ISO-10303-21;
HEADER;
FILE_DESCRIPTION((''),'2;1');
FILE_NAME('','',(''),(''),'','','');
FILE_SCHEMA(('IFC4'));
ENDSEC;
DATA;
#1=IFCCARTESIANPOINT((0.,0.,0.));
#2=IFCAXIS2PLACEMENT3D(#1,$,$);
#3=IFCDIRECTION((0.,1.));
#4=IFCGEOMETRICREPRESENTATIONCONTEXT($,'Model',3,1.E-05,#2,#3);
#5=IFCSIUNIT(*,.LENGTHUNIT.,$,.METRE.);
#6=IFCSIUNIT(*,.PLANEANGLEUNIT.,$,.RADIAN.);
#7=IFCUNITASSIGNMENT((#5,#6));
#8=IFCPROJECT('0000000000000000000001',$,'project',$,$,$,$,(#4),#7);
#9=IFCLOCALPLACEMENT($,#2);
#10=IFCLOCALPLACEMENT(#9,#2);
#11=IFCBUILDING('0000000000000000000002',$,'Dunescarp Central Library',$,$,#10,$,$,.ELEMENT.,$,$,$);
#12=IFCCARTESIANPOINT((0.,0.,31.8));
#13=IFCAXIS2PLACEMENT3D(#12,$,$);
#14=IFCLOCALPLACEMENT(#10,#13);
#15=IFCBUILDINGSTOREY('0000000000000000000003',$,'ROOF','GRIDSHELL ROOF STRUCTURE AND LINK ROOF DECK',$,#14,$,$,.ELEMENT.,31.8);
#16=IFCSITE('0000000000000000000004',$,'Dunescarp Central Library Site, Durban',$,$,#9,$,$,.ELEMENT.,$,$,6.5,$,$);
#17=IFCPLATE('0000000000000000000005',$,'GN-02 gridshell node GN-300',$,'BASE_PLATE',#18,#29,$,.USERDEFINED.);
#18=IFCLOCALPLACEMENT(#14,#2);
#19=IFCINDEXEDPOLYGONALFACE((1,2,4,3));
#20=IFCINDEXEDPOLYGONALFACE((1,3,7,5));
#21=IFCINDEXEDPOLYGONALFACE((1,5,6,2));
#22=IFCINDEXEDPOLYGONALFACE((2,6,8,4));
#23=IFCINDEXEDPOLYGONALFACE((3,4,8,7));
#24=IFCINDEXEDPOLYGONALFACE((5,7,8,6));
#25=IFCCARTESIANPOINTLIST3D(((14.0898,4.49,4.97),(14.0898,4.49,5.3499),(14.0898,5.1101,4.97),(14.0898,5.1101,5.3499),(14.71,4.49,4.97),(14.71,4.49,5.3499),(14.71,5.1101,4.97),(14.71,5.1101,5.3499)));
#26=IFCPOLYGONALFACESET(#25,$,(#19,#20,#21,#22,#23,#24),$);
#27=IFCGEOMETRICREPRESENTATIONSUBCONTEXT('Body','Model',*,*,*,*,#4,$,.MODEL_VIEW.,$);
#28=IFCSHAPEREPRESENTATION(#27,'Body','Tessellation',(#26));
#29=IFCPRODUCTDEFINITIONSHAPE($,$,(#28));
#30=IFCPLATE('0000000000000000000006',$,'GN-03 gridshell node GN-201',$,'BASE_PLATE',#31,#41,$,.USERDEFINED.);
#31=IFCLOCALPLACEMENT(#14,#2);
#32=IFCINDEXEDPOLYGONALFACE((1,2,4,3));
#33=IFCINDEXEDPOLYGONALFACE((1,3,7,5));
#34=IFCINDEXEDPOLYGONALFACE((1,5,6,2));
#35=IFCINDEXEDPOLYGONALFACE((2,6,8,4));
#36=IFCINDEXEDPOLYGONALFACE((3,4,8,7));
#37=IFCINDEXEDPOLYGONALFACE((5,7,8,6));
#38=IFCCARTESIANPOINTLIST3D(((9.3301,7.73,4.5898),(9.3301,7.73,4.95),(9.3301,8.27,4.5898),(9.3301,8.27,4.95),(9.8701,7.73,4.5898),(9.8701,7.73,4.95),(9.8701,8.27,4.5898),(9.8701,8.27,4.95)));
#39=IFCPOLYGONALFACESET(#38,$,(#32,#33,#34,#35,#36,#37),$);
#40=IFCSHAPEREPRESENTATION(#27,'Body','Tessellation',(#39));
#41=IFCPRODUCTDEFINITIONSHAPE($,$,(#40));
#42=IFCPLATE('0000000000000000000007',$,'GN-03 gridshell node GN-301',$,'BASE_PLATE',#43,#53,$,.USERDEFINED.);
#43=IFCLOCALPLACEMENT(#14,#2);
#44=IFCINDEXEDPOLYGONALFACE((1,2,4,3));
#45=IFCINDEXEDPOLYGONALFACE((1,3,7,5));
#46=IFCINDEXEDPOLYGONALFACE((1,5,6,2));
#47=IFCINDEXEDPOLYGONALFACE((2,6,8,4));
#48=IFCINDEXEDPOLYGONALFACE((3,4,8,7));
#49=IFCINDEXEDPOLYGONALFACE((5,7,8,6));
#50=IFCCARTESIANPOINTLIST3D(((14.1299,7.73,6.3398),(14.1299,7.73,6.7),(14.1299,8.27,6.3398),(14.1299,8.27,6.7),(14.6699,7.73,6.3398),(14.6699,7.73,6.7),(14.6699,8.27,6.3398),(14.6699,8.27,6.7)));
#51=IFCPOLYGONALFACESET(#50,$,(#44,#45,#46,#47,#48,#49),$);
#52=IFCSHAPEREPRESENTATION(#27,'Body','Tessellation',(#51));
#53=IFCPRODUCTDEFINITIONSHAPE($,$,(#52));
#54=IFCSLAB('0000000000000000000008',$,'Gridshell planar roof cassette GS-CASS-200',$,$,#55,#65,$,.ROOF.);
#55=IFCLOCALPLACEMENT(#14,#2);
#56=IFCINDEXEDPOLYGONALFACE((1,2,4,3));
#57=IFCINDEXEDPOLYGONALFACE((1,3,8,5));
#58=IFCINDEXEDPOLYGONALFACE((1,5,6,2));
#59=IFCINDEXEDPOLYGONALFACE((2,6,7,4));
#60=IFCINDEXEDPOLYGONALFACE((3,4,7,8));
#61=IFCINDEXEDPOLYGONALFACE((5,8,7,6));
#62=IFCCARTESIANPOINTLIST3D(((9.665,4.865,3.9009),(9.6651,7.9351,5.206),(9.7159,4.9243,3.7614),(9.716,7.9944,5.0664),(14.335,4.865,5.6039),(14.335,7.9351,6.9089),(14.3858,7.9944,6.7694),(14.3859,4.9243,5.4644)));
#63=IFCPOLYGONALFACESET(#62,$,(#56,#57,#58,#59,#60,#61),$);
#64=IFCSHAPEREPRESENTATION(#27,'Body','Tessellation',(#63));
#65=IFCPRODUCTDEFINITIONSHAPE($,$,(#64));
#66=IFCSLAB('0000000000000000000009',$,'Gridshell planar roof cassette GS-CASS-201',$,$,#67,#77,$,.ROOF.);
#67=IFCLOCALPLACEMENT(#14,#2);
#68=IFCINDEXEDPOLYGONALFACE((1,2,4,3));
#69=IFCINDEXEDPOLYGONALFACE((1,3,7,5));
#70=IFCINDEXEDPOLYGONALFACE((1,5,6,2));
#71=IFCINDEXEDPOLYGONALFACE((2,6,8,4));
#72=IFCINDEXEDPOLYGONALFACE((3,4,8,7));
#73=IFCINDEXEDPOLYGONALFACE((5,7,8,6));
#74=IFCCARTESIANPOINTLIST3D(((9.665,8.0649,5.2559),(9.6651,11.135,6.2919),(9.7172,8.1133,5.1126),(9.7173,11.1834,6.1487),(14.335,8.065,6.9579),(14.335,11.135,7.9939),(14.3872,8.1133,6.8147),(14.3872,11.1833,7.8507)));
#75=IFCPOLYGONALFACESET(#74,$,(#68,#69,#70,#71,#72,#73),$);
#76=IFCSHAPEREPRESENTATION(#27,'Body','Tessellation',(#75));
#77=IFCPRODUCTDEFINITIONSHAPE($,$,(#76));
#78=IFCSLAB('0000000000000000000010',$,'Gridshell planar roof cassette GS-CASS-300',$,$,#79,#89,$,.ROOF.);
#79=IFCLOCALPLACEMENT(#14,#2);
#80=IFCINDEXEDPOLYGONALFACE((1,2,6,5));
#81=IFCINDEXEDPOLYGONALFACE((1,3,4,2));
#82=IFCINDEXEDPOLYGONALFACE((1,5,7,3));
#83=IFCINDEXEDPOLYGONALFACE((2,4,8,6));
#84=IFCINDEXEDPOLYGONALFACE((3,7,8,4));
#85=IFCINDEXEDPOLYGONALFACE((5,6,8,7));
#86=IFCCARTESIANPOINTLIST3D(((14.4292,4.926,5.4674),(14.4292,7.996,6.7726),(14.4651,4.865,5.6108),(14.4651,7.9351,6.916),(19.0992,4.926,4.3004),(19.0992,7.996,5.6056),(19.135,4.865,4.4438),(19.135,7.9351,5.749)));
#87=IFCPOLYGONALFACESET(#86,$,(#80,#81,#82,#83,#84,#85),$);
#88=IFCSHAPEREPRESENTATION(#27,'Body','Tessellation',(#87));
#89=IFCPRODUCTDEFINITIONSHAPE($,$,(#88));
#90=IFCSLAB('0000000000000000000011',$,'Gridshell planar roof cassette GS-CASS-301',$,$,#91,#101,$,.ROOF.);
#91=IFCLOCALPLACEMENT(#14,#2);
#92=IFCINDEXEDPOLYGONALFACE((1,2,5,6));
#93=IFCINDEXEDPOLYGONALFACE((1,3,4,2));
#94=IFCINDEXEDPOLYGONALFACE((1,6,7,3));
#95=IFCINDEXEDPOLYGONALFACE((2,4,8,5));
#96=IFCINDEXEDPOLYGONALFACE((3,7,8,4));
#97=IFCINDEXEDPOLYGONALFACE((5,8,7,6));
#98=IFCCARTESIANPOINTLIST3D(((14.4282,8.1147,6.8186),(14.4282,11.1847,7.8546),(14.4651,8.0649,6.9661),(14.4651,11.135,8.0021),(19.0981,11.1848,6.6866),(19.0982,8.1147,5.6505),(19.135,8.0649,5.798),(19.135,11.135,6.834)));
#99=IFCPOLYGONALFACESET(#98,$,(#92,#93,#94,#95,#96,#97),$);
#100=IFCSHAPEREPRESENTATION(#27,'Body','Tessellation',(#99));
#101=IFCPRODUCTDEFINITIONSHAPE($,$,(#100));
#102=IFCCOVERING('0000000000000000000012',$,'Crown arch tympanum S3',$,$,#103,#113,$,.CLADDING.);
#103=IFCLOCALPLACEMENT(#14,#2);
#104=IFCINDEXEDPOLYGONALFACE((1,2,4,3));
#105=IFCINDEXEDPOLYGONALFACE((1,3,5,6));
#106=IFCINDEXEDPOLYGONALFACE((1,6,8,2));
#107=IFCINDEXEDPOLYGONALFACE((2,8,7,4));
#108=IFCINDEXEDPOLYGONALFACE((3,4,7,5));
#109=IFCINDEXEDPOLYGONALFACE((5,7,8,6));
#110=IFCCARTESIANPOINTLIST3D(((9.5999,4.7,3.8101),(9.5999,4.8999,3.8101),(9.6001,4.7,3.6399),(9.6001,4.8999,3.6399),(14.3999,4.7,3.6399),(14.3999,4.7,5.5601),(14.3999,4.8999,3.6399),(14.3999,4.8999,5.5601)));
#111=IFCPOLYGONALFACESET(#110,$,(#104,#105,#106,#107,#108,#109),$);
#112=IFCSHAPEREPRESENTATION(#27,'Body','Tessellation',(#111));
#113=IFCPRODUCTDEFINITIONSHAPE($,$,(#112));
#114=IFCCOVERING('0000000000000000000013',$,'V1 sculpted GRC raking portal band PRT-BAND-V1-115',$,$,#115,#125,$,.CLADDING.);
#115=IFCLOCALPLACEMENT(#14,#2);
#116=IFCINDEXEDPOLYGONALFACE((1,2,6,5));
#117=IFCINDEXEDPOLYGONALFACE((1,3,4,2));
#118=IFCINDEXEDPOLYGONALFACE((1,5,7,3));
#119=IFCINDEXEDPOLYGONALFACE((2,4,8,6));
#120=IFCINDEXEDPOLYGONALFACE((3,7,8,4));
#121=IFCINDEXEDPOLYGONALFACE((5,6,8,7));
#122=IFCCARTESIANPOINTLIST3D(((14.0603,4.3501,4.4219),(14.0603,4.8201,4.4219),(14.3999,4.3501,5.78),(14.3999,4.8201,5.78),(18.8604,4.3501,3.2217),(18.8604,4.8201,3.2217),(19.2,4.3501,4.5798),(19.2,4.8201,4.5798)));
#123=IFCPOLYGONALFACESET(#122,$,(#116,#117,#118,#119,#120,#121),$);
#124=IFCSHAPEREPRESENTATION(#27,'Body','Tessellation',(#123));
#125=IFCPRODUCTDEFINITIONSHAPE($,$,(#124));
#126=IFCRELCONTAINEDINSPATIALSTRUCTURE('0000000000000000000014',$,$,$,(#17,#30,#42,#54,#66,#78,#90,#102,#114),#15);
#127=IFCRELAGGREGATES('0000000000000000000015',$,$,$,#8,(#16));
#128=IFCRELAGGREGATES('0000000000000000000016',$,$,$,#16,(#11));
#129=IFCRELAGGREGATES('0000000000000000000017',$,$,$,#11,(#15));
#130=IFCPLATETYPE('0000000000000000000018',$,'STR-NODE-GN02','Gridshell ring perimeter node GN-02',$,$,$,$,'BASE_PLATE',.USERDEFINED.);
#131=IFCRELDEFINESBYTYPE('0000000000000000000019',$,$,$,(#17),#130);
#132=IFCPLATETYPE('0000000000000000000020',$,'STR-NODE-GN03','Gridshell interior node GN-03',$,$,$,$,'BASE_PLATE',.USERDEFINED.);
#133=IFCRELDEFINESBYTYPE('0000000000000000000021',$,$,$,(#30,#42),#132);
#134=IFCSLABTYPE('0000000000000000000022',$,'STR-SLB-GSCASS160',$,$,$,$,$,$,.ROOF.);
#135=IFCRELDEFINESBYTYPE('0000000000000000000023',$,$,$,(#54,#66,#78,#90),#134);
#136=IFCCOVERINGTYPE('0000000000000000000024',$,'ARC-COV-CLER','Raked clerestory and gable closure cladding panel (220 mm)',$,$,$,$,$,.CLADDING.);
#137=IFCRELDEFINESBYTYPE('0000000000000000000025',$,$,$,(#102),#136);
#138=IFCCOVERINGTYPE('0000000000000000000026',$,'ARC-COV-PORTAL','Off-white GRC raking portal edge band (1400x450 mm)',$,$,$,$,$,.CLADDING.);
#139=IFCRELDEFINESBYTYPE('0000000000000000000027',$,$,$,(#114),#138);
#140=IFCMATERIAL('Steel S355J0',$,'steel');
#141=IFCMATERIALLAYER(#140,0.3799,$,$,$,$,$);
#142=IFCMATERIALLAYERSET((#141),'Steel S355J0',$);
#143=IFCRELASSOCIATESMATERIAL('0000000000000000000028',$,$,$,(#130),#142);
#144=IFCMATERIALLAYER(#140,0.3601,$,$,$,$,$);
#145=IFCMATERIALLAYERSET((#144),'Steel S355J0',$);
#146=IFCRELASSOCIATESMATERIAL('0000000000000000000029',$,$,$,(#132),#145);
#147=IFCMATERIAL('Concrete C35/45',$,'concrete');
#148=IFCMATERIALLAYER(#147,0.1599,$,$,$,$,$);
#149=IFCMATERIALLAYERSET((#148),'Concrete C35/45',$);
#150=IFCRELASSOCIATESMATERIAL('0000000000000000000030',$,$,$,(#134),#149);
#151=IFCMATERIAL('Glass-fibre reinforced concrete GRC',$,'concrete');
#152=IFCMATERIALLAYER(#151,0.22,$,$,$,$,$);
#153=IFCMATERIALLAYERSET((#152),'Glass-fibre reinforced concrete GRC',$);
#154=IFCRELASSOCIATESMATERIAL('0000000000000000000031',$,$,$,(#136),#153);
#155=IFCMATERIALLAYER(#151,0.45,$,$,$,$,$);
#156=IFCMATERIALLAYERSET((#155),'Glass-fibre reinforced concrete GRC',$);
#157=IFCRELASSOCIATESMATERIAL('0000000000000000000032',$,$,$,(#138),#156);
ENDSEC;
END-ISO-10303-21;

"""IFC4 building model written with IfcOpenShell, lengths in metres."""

from ifc_helpers import new_model, si_unit, direction, frame, origin, origin_2d, place, context, subcontext, project, spatial, polyline, rectangle, outline, extrude, material, layer, layer_set, type_object, element, save


model = new_model("IFC4")

# Units and contexts
model_context = context("Model", 3, precision=1e-05, world=origin(), true_north=direction((0.0, 1.0)))
body_context = subcontext(model_context, "Body", "Model", "MODEL_VIEW")
ifc_project = project(units=[si_unit("LENGTHUNIT", "METRE"), si_unit("PLANEANGLEUNIT", "RADIAN")], contexts=[model_context])

# Site, building, storey
site_placement = place(None, origin())
site = spatial("IfcSite", under=ifc_project, at=site_placement, Name="Dunescarp Central Library Site, Durban", CompositionType="ELEMENT", RefElevation=6.5)
building_placement = place(site_placement, origin())
building = spatial("IfcBuilding", under=site, at=building_placement, Name="Dunescarp Central Library", CompositionType="ELEMENT")
storey_placement = place(building_placement, frame((0.0, 0.0, 31.8)))
storey = spatial("IfcBuildingStorey", under=building, at=storey_placement, Name="ROOF", Description="GRIDSHELL ROOF STRUCTURE AND LINK ROOF DECK", CompositionType="ELEMENT", Elevation=31.8)

# Shared definitions
ifc_material_1 = material(Name="Steel S355J0", Category="steel")

# Plates
ifc_layer_1 = layer(ifc_material_1, 0.3799)
ifc_layer_set_1 = layer_set([ifc_layer_1], Name="Steel S355J0")
plate_type_1 = type_object("IfcPlateType", Name="STR-NODE-GN02", Description="Gridshell ring perimeter node GN-02", ElementType="BASE_PLATE", PredefinedType="USERDEFINED", material=ifc_layer_set_1)
for number, where, z_axis, x_axis, name in (
    (1, (14.3999, 4.8, 4.97), (0.0, 0.0, 1.0), (1.0, 0.0, 0.0), "GN-02 gridshell node GN-300"),
):
    element("IfcPlate", number, at=place(storey_placement, frame(where, z_axis=z_axis, x_axis=x_axis)), inside=storey, type_object=plate_type_1, Name=name, ObjectType="BASE_PLATE", PredefinedType="USERDEFINED", context=body_context, shape_type="SweptSolid", body=[
        extrude(rectangle(XDim=0.6201, YDim=0.6201, at=origin_2d()), origin(), (0.0, 0.0, 1.0), 0.3799),
    ])
ifc_layer_2 = layer(ifc_material_1, 0.3601)
ifc_layer_set_2 = layer_set([ifc_layer_2], Name="Steel S355J0")
plate_type_2 = type_object("IfcPlateType", Name="STR-NODE-GN03", Description="Gridshell interior node GN-03", ElementType="BASE_PLATE", PredefinedType="USERDEFINED", material=ifc_layer_set_2)
for number, where, z_axis, x_axis, name in (
    (2, (9.6001, 8.0, 4.5898), (0.0, 0.0, 1.0), (1.0, 0.0, 0.0), "GN-03 gridshell node GN-201"),
    (3, (14.3999, 8.0, 6.3398), (0.0, 0.0, 1.0), (1.0, 0.0, 0.0), "GN-03 gridshell node GN-301"),
):
    element("IfcPlate", number, at=place(storey_placement, frame(where, z_axis=z_axis, x_axis=x_axis)), inside=storey, type_object=plate_type_2, Name=name, ObjectType="BASE_PLATE", PredefinedType="USERDEFINED", context=body_context, shape_type="SweptSolid", body=[
        extrude(rectangle(XDim=0.54, YDim=0.54, at=origin_2d()), origin(), (0.0, 0.0, 1.0), 0.3601),
    ])

# Slabs
ifc_material_2 = material(Name="Concrete C35/45", Category="concrete")
ifc_layer_3 = layer(ifc_material_2, 0.1599)
ifc_layer_set_3 = layer_set([ifc_layer_3], Name="Concrete C35/45")
slab_type = type_object("IfcSlabType", Name="STR-SLB-GSCASS160", PredefinedType="ROOF", material=ifc_layer_set_3)
slab_1_placement = place(storey_placement, frame((9.665, 4.865, 3.9009), z_axis=(-0.31817, -0.370881, 0.872477), x_axis=(0.939479, 0.000008, 0.342608)))
element("IfcSlab", 4, at=slab_1_placement, inside=storey, type_object=slab_type, Name="Gridshell planar roof cassette GS-CASS-200", PredefinedType="ROOF", context=body_context, shape_type="SweptSolid", body=[
    extrude(outline(polyline([(0.0, 0.0), (4.9708, 0.0), (5.4179, 3.3058), (0.4472, 3.3059), (0.0, 0.0)])), origin(), (0.0, 0.0, -1.0), 0.1599),
])
slab_2_placement = place(storey_placement, frame((9.665, 8.0649, 5.2559), z_axis=(-0.326418, -0.302227, 0.895606), x_axis=(0.939542, 0.000007, 0.342433)))
element("IfcSlab", 5, at=slab_2_placement, inside=storey, type_object=slab_type, Name="Gridshell planar roof cassette GS-CASS-201", PredefinedType="ROOF", context=body_context, shape_type="SweptSolid", body=[
    extrude(outline(polyline([(0.0, 0.0), (4.9705, 0.0), (5.3252, 3.2206), (0.3548, 3.2207), (0.0, 0.0)])), origin(), (0.0, 0.0, -1.0), 0.1599),
])
slab_3_placement = place(storey_placement, frame((14.4651, 4.865, 5.6108), z_axis=(0.224125, -0.381288, 0.896876), x_axis=(0.970166, 0.0, -0.24244)))
element("IfcSlab", 6, at=slab_3_placement, inside=storey, type_object=slab_type, Name="Gridshell planar roof cassette GS-CASS-300", PredefinedType="ROOF", context=body_context, shape_type="SweptSolid", body=[
    extrude(outline(polyline([(0.0, 0.0), (4.8135, 0.0), (4.4971, 3.3209), (-0.3164, 3.3209), (0.0, 0.0)])), origin(), (0.0, 0.0, -1.0), 0.1599),
])
slab_4_placement = place(storey_placement, frame((14.4651, 8.0649, 6.9661), z_axis=(0.230612, -0.311122, 0.921966), x_axis=(0.970112, -0.000007, -0.242657)))
element("IfcSlab", 7, at=slab_4_placement, inside=storey, type_object=slab_type, Name="Gridshell planar roof cassette GS-CASS-301", PredefinedType="ROOF", context=body_context, shape_type="SweptSolid", body=[
    extrude(outline(polyline([(0.0, 0.0), (4.8138, 0.0), (4.5624, 3.2304), (-0.2514, 3.2304), (0.0, 0.0)])), origin(), (0.0, 0.0, -1.0), 0.1599),
])

# Coverings
ifc_material_3 = material(Name="Glass-fibre reinforced concrete GRC", Category="concrete")
ifc_layer_4 = layer(ifc_material_3, 0.22)
ifc_layer_set_4 = layer_set([ifc_layer_4], Name="Glass-fibre reinforced concrete GRC")
covering_type_1 = type_object("IfcCoveringType", Name="ARC-COV-CLER", Description="Raked clerestory and gable closure cladding panel (220 mm)", PredefinedType="CLADDING", material=ifc_layer_set_4)
covering_1_placement = place(storey_placement, frame((14.3999, 4.8, 3.6399), z_axis=(0.0, 0.0, 1.0), x_axis=(-1.0, 0.0, 0.0)))
element("IfcCovering", 8, at=covering_1_placement, inside=storey, type_object=covering_type_1, Name="Crown arch tympanum S3", PredefinedType="CLADDING", context=body_context, shape_type="SweptSolid", body=[
    extrude(outline(polyline([(0.0, 0.0), (4.7998, 0.0), (4.8, 0.1702), (0.0, 1.9202), (0.0, 0.0)])), frame((0.0, 0.1001, 0.0), z_axis=(0.0, -1.0, 0.0), x_axis=(1.0, 0.0, 0.0)), (0.0, 0.0, 1.0), 0.2),
])
ifc_layer_5 = layer(ifc_material_3, 0.45)
ifc_layer_set_5 = layer_set([ifc_layer_5], Name="Glass-fibre reinforced concrete GRC")
covering_type_2 = type_object("IfcCoveringType", Name="ARC-COV-PORTAL", Description="Off-white GRC raking portal edge band (1400x450 mm)", PredefinedType="CLADDING", material=ifc_layer_set_5)
covering_2_placement = place(storey_placement, frame((14.3999, 4.3501, 5.78), z_axis=(0.24257, 0.0, 0.970134), x_axis=(0.970134, 0.0, -0.24257)))
element("IfcCovering", 9, at=covering_2_placement, inside=storey, type_object=covering_type_2, Name="V1 sculpted GRC raking portal band PRT-BAND-V1-115", PredefinedType="CLADDING", context=body_context, shape_type="SweptSolid", body=[
    extrude(outline(polyline([(0.0, 0.0), (4.9478, 0.0), (4.9478, 0.47), (0.0, 0.47), (0.0, 0.0)])), origin(), (0.0, 0.0, -1.0), 1.3999),
])

save(model, "model.ifc")
